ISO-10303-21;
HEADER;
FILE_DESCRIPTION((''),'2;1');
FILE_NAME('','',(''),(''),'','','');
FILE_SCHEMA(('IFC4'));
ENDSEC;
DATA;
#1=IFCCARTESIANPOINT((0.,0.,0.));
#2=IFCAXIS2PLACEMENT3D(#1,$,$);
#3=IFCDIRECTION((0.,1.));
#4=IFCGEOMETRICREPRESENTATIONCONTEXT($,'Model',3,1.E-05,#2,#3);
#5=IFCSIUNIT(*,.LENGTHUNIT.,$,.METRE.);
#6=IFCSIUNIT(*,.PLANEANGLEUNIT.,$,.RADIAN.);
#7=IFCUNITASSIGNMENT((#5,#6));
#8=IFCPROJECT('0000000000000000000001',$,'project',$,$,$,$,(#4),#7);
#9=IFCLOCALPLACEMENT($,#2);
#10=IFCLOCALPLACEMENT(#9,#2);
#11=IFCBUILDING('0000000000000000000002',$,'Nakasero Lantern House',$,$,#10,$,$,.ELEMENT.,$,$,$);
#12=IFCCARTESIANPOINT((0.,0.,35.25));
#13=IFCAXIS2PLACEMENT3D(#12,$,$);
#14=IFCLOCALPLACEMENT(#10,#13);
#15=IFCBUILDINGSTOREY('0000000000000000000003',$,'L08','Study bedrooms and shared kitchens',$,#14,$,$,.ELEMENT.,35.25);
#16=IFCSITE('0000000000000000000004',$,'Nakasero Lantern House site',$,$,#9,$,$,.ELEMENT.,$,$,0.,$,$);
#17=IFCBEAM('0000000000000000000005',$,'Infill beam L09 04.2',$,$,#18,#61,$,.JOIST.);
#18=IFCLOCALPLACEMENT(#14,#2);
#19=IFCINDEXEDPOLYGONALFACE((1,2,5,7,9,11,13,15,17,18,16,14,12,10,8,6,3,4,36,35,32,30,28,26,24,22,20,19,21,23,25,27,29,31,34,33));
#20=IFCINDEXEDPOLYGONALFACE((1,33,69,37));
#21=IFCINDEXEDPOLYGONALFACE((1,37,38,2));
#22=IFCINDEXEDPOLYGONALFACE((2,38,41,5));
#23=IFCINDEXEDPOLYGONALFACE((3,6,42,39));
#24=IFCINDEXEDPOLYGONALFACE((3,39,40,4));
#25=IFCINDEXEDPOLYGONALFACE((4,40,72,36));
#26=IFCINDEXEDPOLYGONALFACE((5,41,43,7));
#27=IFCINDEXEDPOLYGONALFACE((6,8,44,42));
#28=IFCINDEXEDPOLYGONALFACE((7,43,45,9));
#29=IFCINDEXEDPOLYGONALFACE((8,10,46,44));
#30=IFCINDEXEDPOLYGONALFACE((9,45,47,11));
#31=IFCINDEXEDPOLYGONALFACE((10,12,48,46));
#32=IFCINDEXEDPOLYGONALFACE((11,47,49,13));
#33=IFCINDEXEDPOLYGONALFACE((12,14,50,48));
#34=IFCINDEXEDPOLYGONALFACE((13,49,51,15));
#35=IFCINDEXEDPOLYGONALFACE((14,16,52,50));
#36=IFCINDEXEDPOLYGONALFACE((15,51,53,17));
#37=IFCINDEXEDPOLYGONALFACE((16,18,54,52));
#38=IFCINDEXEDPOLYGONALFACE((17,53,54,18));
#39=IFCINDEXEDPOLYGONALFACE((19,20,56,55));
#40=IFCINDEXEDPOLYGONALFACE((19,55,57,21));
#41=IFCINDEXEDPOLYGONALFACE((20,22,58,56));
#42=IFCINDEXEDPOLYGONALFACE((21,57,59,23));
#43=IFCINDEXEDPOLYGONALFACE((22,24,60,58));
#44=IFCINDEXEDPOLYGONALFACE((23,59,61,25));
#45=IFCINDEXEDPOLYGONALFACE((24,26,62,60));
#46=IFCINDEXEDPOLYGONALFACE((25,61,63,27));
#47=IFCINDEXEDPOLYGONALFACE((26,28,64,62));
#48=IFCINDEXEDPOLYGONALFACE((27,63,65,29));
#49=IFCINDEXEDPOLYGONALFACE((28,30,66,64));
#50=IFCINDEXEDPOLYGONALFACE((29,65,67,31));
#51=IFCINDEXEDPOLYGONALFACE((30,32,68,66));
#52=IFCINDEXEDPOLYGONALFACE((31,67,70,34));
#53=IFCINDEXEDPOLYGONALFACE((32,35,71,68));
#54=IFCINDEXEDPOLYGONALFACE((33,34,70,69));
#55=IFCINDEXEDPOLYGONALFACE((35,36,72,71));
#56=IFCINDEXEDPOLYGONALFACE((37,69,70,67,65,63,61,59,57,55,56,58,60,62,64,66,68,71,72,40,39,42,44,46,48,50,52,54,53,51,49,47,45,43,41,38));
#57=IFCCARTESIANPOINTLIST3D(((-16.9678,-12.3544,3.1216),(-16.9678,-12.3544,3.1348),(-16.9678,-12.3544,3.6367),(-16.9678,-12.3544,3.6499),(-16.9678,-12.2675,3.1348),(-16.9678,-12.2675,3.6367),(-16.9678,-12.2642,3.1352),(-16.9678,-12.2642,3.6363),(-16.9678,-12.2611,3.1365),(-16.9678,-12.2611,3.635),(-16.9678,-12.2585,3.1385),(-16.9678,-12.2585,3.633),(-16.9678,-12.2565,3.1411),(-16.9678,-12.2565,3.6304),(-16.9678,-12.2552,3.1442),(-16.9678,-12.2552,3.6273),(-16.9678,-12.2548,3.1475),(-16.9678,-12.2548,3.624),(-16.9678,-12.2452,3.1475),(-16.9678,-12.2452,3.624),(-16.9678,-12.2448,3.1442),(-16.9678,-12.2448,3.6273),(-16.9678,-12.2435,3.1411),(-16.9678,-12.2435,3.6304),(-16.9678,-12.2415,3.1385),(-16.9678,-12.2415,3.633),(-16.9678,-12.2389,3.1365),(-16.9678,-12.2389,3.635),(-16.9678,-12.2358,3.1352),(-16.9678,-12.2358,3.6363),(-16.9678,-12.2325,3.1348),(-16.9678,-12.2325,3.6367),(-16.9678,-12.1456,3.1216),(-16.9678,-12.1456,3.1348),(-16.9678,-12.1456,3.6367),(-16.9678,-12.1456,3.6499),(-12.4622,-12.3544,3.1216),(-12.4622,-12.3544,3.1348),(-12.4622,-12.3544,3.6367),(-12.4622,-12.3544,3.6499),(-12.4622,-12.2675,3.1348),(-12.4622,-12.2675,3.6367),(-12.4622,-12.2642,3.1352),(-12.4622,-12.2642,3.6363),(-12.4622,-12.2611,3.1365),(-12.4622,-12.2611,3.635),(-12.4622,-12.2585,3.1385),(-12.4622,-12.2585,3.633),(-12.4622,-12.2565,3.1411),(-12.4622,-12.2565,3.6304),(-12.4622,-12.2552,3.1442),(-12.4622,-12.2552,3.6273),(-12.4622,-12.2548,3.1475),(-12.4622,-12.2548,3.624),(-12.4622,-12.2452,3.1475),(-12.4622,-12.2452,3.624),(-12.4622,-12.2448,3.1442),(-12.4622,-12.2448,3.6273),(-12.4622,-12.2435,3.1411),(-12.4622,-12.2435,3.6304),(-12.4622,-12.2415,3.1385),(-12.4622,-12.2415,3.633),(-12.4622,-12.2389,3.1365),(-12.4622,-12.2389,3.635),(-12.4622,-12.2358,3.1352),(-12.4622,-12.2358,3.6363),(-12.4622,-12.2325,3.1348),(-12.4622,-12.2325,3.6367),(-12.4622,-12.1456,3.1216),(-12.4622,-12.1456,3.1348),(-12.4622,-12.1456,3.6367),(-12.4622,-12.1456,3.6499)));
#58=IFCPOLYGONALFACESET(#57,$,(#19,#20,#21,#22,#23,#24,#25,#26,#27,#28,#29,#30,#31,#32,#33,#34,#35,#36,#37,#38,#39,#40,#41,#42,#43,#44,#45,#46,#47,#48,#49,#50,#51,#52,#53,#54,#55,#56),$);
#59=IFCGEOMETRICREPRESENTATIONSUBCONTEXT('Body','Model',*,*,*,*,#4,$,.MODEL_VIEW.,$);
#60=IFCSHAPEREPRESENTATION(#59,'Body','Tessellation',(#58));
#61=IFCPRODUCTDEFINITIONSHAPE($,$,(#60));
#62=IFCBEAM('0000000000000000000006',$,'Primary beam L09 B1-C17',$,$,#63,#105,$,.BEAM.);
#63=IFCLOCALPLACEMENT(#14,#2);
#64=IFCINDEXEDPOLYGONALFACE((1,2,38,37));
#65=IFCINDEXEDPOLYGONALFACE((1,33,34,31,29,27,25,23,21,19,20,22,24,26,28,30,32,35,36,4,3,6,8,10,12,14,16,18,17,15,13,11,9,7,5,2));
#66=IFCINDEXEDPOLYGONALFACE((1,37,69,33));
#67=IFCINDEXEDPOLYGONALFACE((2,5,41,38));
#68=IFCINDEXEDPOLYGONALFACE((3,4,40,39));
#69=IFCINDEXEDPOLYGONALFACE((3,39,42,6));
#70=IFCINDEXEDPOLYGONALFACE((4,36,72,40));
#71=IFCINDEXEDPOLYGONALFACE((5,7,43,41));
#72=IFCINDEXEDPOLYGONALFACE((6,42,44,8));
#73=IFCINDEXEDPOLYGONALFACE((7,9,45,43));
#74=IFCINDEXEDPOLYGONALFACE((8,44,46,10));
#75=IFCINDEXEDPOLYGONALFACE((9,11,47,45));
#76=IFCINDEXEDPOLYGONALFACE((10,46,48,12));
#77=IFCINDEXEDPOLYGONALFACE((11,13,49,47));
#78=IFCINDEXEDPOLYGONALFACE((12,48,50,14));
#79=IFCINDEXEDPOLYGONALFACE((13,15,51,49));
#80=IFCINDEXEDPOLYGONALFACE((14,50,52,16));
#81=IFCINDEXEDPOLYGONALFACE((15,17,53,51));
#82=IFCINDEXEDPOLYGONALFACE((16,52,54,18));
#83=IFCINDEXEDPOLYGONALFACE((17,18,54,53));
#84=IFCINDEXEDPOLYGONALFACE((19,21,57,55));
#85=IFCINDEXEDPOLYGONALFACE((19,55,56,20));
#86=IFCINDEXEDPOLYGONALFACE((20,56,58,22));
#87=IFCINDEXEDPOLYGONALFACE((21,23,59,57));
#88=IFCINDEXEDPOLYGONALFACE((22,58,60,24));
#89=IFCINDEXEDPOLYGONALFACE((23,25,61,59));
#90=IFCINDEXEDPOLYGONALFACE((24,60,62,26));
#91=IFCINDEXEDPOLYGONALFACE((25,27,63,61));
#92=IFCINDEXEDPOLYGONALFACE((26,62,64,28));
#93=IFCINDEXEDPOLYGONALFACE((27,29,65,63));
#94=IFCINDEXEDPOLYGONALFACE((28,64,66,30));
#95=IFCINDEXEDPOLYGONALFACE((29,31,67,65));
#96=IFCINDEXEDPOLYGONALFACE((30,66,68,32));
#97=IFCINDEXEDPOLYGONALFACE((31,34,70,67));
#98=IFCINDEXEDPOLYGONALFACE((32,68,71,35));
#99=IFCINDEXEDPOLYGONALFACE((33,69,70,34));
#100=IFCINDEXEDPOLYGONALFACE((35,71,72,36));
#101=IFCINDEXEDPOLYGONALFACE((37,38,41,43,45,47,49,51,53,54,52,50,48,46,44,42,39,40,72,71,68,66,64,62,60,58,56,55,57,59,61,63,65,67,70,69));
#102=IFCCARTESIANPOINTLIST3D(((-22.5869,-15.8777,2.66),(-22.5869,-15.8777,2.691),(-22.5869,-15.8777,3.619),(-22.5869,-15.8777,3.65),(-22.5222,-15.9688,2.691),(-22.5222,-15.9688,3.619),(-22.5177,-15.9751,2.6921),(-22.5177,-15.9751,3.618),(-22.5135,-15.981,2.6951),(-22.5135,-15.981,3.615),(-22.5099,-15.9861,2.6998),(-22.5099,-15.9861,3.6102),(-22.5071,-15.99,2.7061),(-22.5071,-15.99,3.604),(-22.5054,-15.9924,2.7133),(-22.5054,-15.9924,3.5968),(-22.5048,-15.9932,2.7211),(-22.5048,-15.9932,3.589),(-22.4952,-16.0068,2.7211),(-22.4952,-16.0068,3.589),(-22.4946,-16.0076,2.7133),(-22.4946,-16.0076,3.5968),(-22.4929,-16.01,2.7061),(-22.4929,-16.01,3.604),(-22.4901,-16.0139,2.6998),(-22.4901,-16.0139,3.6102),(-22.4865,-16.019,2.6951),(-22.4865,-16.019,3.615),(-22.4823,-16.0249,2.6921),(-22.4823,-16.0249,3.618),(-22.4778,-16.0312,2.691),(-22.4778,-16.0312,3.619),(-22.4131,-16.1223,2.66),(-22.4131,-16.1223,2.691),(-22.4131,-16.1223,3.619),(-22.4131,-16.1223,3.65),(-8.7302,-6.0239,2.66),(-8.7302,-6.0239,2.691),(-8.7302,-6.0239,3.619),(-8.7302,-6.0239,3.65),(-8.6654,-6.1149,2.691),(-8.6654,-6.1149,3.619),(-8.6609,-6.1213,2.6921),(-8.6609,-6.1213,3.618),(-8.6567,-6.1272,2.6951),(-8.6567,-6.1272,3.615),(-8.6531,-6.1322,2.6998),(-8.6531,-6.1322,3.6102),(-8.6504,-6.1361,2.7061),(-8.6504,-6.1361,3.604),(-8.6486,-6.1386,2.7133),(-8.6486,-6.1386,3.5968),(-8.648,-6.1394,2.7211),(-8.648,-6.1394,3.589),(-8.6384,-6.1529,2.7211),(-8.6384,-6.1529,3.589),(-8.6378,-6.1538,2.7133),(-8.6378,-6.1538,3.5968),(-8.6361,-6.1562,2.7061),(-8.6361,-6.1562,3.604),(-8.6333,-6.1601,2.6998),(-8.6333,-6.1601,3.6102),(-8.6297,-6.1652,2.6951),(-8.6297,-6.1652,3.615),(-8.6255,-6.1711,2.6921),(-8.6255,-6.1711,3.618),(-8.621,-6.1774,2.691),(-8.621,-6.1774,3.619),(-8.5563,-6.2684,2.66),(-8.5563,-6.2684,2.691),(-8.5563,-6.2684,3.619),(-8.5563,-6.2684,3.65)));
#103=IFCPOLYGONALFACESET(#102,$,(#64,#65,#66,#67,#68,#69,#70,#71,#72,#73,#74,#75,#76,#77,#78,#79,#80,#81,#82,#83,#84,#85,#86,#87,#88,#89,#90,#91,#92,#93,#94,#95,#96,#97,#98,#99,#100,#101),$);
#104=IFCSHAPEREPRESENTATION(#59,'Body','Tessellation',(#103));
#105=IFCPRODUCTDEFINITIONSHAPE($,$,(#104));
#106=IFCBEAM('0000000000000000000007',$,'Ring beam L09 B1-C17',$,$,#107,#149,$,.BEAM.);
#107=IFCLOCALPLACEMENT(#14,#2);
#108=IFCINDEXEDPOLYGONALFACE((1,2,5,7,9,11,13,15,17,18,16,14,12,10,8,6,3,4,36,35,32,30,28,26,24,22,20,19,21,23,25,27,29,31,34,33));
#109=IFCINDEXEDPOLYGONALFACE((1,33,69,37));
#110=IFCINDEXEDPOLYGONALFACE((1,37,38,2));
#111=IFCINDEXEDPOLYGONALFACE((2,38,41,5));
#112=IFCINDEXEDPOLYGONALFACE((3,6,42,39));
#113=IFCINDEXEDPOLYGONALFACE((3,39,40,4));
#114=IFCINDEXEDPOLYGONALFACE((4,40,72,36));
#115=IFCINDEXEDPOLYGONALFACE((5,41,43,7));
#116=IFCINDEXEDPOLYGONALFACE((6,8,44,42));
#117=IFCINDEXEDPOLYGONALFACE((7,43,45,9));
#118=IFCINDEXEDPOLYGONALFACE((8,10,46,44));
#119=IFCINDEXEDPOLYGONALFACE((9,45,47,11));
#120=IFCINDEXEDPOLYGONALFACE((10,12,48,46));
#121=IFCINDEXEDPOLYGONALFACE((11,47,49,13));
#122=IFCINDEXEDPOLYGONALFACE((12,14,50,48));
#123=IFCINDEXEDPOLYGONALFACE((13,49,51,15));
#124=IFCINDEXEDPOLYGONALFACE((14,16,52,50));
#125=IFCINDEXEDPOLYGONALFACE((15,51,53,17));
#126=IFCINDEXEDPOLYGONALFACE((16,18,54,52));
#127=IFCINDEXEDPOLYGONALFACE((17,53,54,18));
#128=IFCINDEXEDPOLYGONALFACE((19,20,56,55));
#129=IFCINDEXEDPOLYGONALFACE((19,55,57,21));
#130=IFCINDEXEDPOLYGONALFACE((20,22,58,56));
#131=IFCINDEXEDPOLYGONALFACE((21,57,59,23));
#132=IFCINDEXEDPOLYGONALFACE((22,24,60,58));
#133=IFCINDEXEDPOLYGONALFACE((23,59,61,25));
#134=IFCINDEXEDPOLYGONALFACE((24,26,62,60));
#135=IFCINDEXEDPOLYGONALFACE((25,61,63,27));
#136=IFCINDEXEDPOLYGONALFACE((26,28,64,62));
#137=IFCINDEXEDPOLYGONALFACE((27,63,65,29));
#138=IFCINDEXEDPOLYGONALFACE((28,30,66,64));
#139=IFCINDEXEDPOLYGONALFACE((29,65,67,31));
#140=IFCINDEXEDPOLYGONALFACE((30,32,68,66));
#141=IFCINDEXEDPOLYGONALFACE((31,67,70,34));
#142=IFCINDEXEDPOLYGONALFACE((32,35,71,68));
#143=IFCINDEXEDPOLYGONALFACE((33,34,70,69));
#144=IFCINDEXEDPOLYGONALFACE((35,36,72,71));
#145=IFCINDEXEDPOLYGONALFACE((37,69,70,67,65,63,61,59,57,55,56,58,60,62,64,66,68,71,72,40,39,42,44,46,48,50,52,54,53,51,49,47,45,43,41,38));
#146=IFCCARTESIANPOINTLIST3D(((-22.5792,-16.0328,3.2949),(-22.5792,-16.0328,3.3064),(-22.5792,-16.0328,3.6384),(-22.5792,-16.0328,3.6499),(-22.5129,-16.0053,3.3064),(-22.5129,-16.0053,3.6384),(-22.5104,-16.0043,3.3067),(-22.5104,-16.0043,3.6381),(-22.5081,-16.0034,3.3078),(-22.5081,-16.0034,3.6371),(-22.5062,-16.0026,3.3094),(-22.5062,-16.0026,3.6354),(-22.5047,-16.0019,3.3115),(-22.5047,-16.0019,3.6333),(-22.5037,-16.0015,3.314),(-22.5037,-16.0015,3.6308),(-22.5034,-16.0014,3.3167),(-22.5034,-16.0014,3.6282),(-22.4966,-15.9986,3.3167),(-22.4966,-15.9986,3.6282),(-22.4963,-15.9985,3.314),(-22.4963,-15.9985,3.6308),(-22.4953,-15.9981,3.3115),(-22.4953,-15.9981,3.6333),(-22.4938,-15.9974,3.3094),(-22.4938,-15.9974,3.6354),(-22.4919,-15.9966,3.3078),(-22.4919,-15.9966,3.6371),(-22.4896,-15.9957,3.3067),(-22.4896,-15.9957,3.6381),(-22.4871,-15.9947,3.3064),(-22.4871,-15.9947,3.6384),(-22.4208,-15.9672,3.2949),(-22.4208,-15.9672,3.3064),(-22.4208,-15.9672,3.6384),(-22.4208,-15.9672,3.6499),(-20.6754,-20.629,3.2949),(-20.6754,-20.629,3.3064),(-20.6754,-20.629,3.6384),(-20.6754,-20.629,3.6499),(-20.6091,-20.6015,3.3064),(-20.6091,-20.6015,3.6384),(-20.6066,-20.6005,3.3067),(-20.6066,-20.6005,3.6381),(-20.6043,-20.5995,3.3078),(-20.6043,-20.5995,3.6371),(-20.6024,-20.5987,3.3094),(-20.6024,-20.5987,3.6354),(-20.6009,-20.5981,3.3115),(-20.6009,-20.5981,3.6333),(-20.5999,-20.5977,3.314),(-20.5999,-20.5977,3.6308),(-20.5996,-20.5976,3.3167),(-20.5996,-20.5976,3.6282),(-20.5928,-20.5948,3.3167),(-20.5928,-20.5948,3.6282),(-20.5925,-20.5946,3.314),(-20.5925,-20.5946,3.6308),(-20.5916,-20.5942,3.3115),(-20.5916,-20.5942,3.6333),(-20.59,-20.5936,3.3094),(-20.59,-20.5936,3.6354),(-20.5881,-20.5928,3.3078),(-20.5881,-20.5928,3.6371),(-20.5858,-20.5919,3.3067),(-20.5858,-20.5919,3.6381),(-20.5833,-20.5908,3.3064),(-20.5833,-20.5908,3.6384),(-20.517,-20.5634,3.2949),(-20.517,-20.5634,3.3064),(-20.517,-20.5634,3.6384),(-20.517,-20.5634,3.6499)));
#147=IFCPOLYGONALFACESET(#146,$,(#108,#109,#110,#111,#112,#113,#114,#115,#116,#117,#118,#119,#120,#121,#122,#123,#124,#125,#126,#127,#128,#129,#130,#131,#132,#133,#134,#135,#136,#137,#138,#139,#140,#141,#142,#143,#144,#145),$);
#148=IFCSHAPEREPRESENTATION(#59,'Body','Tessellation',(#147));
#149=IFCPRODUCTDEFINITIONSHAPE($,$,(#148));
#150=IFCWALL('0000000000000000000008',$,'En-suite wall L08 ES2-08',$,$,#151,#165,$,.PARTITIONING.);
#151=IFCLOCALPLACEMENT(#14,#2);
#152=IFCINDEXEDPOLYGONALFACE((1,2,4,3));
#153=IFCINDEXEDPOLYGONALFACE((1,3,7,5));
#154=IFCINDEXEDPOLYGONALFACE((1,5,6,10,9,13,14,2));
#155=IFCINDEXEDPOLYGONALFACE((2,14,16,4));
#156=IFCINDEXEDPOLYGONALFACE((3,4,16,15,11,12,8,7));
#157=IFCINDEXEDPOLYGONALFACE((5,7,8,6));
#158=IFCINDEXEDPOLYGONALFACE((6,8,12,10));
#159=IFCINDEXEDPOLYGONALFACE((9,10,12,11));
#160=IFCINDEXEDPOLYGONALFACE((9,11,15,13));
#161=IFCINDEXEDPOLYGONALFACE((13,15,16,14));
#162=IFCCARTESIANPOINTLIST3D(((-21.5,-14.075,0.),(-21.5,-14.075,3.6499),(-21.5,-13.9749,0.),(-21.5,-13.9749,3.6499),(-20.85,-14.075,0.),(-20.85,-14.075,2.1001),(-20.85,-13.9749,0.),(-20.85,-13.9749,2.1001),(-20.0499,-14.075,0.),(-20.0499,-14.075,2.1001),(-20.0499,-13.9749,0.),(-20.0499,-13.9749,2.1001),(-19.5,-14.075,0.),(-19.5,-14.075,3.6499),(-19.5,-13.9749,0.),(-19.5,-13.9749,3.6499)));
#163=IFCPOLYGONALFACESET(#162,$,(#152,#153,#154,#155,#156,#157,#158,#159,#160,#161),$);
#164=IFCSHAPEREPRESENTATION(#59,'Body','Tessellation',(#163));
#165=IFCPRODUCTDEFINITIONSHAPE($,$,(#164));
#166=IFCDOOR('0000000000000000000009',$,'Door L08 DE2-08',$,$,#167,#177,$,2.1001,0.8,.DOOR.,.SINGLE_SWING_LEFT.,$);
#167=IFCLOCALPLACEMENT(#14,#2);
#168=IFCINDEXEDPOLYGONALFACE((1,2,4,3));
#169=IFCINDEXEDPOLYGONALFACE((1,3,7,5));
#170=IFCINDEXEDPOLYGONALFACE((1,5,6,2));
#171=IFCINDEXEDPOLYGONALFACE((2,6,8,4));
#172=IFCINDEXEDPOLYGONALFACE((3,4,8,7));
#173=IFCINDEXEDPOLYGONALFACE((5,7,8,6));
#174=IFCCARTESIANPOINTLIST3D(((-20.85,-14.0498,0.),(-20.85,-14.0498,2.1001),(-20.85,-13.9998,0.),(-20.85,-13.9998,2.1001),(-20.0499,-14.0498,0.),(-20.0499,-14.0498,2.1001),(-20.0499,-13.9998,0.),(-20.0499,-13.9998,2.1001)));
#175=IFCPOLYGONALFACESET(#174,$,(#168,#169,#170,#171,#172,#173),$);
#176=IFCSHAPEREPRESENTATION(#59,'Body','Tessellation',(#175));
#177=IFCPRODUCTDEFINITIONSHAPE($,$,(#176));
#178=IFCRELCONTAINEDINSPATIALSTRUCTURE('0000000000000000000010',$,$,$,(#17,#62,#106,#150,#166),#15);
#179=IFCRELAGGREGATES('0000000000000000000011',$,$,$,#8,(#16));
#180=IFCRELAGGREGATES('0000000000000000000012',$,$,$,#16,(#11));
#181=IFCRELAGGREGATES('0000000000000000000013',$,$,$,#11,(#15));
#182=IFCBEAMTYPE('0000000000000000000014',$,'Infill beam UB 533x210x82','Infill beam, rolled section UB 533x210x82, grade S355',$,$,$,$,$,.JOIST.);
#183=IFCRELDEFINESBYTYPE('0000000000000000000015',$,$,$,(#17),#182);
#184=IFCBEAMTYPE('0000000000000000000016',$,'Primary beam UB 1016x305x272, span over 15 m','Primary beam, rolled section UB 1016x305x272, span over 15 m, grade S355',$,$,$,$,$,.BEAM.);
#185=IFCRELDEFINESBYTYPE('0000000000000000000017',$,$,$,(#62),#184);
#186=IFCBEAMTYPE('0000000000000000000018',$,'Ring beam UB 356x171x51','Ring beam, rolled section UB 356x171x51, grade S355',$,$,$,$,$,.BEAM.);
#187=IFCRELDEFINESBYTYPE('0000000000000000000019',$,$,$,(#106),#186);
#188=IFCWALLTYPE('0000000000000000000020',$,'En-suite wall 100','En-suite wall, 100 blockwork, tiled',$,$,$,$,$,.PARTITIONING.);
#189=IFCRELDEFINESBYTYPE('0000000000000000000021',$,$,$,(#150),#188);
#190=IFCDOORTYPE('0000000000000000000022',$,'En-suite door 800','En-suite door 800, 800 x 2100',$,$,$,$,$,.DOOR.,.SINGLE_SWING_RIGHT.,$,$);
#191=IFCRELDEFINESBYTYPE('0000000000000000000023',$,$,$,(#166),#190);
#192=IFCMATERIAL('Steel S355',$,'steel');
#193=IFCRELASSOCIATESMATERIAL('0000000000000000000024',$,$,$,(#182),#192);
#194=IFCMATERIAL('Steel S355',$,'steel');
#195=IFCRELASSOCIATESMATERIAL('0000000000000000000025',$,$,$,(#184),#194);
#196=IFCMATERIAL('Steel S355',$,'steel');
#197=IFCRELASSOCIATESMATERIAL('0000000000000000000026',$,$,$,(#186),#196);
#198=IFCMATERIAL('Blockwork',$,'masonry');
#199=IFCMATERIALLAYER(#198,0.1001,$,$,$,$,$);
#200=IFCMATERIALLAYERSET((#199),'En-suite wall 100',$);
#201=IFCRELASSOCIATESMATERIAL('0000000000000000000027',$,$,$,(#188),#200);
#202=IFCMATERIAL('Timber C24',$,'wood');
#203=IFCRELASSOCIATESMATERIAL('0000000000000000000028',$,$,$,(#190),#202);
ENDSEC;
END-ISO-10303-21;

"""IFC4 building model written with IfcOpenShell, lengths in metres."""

from ifc_helpers import new_model, si_unit, direction, frame, frame_2d, origin, origin_2d, place, context, subcontext, project, spatial, rectangle, i_section, extrude, material, layer, layer_set, material_profile, profile_set, type_object, element, fill, save


model = new_model("IFC4")

# Units and contexts
model_context = context("Model", 3, precision=1e-05, world=origin(), true_north=direction((0.0, 1.0)))
body_context = subcontext(model_context, "Body", "Model", "MODEL_VIEW")
ifc_project = project(units=[si_unit("LENGTHUNIT", "METRE"), si_unit("PLANEANGLEUNIT", "RADIAN")], contexts=[model_context])

# Site, building, storey
site_placement = place(None, origin())
site = spatial("IfcSite", under=ifc_project, at=site_placement, Name="Nakasero Lantern House site", CompositionType="ELEMENT", RefElevation=0.0)
building_placement = place(site_placement, origin())
building = spatial("IfcBuilding", under=site, at=building_placement, Name="Nakasero Lantern House", CompositionType="ELEMENT")
storey_placement = place(building_placement, frame((0.0, 0.0, 35.25)))
storey = spatial("IfcBuildingStorey", under=building, at=storey_placement, Name="L08", Description="Study bedrooms and shared kitchens", CompositionType="ELEMENT", Elevation=35.25)

# Beams
ifc_material_1 = material(Name="Steel S355", Category="steel")
ifc_material_profile_1 = material_profile(ifc_material_1, i_section(OverallWidth=0.2087, OverallDepth=0.5283, WebThickness=0.0095, FlangeThickness=0.0132, FilletRadius=0.0127, at=origin_2d()), Name="UB 533x210x82")
ifc_profile_set_1 = profile_set([ifc_material_profile_1], Name="Steel S355")
beam_type_1 = type_object("IfcBeamType", Name="Infill beam UB 533x210x82", Description="Infill beam, rolled section UB 533x210x82, grade S355", PredefinedType="JOIST", material=ifc_profile_set_1)
beam_1_placement = place(storey_placement, frame((-16.9678, -12.25, 3.3857), z_axis=(1.0, 0.0, 0.0), x_axis=(0.0, 1.0, 0.0)))
element("IfcBeam", 1, at=beam_1_placement, inside=storey, type_object=beam_type_1, Name="Infill beam L09 04.2", PredefinedType="JOIST", context=body_context, shape_type="SweptSolid", body=[
    extrude(i_section(OverallWidth=0.2087, OverallDepth=0.5283, WebThickness=0.0095, FlangeThickness=0.0132, FilletRadius=0.0127, at=origin_2d()), origin(), (0.0, 0.0, 1.0), 4.5056),
])
ifc_material_2 = material(Name="Steel S355", Category="steel")
ifc_material_profile_2 = material_profile(ifc_material_2, i_section(OverallWidth=0.3, OverallDepth=0.99, WebThickness=0.0166, FlangeThickness=0.031, FilletRadius=0.03, at=origin_2d()), Name="UB 1016x305x272")
ifc_profile_set_2 = profile_set([ifc_material_profile_2], Name="Steel S355")
beam_type_2 = type_object("IfcBeamType", Name="Primary beam UB 1016x305x272, span over 15 m", Description="Primary beam, rolled section UB 1016x305x272, span over 15 m, grade S355", PredefinedType="BEAM", material=ifc_profile_set_2)
beam_2_placement = place(storey_placement, frame((-22.5, -16.0, 3.155), z_axis=(0.814952, 0.579528, 0.0), x_axis=(-0.579528, 0.814952, 0.0)))
element("IfcBeam", 2, at=beam_2_placement, inside=storey, type_object=beam_type_2, Name="Primary beam L09 B1-C17", PredefinedType="BEAM", context=body_context, shape_type="SweptSolid", body=[
    extrude(i_section(OverallWidth=0.3, OverallDepth=0.99, WebThickness=0.0166, FlangeThickness=0.031, FilletRadius=0.03, at=origin_2d()), origin(), (0.0, 0.0, 1.0), 17.0032),
])
ifc_material_3 = material(Name="Steel S355", Category="steel")
ifc_material_profile_3 = material_profile(ifc_material_3, i_section(OverallWidth=0.1714, OverallDepth=0.355, WebThickness=0.0073, FlangeThickness=0.0115, FilletRadius=0.0103, at=origin_2d()), Name="UB 356x171x51")
ifc_profile_set_3 = profile_set([ifc_material_profile_3], Name="Steel S355")
beam_type_3 = type_object("IfcBeamType", Name="Ring beam UB 356x171x51", Description="Ring beam, rolled section UB 356x171x51, grade S355", PredefinedType="BEAM", material=ifc_profile_set_3)
beam_3_placement = place(storey_placement, frame((-22.5, -16.0, 3.4724), z_axis=(0.382684, -0.923879, 0.0), x_axis=(0.923879, 0.382684, 0.0)))
element("IfcBeam", 3, at=beam_3_placement, inside=storey, type_object=beam_type_3, Name="Ring beam L09 B1-C17", PredefinedType="BEAM", context=body_context, shape_type="SweptSolid", body=[
    extrude(i_section(OverallWidth=0.1714, OverallDepth=0.355, WebThickness=0.0073, FlangeThickness=0.0115, FilletRadius=0.0103, at=origin_2d()), origin(), (0.0, 0.0, 1.0), 4.9749),
])

# Wall, opening, door
ifc_material_4 = material(Name="Blockwork", Category="masonry")
ifc_layer_1 = layer(ifc_material_4, 0.1001)
ifc_layer_set_1 = layer_set([ifc_layer_1], Name="En-suite wall 100")
wall_type_1 = type_object("IfcWallType", Name="En-suite wall 100", Description="En-suite wall, 100 blockwork, tiled", PredefinedType="PARTITIONING", material=ifc_layer_set_1)
wall_1_placement = place(storey_placement, frame((-19.5, -14.0249, 0.0), z_axis=(0.0, 0.0, 1.0), x_axis=(-1.0, 0.0, 0.0)))
wall_1 = element("IfcWall", 4, at=wall_1_placement, inside=storey, type_object=wall_type_1, Name="En-suite wall L08 ES2-08", PredefinedType="PARTITIONING", context=body_context, shape_type="SweptSolid", body=[
    extrude(rectangle(XDim=2.0, YDim=0.1001, at=frame_2d((1.0, 0.0))), origin(), (0.0, 0.0, 1.0), 3.6499),
])
opening_1_placement = place(wall_1_placement, frame((0.55, 0.0, 0.0)))
opening_1 = element("IfcOpeningElement", 5, at=opening_1_placement, cuts=wall_1, PredefinedType="OPENING", context=body_context, shape_type="SweptSolid", body=[
    extrude(rectangle(XDim=0.8, YDim=2.1001, at=frame_2d((0.3999, 1.05))), frame((0.0, 0.0701, 0.0), z_axis=(0.0, -1.0, 0.0), x_axis=(1.0, 0.0, 0.0)), (0.0, 0.0, 1.0), 0.1401),
])
ifc_material_5 = material(Name="Timber C24", Category="wood")
door_type_1 = type_object("IfcDoorType", Name="En-suite door 800", Description="En-suite door 800, 800 x 2100", OperationType="SINGLE_SWING_RIGHT", PredefinedType="DOOR", material=ifc_material_5)
door_1_placement = place(opening_1_placement, origin())
door_1 = element("IfcDoor", 6, at=door_1_placement, inside=storey, type_object=door_type_1, Name="Door L08 DE2-08", OperationType="SINGLE_SWING_LEFT", OverallHeight=2.1001, OverallWidth=0.8, PredefinedType="DOOR", context=body_context, shape_type="SweptSolid", body=[
    extrude(rectangle(XDim=0.8, YDim=2.1001, at=frame_2d((0.3999, 1.05))), frame((0.0, 0.0249, 0.0), z_axis=(0.0, -1.0, 0.0), x_axis=(1.0, 0.0, 0.0)), (0.0, 0.0, 1.0), 0.05),
])
fill(opening_1, door_1)

save(model, "model.ifc")
